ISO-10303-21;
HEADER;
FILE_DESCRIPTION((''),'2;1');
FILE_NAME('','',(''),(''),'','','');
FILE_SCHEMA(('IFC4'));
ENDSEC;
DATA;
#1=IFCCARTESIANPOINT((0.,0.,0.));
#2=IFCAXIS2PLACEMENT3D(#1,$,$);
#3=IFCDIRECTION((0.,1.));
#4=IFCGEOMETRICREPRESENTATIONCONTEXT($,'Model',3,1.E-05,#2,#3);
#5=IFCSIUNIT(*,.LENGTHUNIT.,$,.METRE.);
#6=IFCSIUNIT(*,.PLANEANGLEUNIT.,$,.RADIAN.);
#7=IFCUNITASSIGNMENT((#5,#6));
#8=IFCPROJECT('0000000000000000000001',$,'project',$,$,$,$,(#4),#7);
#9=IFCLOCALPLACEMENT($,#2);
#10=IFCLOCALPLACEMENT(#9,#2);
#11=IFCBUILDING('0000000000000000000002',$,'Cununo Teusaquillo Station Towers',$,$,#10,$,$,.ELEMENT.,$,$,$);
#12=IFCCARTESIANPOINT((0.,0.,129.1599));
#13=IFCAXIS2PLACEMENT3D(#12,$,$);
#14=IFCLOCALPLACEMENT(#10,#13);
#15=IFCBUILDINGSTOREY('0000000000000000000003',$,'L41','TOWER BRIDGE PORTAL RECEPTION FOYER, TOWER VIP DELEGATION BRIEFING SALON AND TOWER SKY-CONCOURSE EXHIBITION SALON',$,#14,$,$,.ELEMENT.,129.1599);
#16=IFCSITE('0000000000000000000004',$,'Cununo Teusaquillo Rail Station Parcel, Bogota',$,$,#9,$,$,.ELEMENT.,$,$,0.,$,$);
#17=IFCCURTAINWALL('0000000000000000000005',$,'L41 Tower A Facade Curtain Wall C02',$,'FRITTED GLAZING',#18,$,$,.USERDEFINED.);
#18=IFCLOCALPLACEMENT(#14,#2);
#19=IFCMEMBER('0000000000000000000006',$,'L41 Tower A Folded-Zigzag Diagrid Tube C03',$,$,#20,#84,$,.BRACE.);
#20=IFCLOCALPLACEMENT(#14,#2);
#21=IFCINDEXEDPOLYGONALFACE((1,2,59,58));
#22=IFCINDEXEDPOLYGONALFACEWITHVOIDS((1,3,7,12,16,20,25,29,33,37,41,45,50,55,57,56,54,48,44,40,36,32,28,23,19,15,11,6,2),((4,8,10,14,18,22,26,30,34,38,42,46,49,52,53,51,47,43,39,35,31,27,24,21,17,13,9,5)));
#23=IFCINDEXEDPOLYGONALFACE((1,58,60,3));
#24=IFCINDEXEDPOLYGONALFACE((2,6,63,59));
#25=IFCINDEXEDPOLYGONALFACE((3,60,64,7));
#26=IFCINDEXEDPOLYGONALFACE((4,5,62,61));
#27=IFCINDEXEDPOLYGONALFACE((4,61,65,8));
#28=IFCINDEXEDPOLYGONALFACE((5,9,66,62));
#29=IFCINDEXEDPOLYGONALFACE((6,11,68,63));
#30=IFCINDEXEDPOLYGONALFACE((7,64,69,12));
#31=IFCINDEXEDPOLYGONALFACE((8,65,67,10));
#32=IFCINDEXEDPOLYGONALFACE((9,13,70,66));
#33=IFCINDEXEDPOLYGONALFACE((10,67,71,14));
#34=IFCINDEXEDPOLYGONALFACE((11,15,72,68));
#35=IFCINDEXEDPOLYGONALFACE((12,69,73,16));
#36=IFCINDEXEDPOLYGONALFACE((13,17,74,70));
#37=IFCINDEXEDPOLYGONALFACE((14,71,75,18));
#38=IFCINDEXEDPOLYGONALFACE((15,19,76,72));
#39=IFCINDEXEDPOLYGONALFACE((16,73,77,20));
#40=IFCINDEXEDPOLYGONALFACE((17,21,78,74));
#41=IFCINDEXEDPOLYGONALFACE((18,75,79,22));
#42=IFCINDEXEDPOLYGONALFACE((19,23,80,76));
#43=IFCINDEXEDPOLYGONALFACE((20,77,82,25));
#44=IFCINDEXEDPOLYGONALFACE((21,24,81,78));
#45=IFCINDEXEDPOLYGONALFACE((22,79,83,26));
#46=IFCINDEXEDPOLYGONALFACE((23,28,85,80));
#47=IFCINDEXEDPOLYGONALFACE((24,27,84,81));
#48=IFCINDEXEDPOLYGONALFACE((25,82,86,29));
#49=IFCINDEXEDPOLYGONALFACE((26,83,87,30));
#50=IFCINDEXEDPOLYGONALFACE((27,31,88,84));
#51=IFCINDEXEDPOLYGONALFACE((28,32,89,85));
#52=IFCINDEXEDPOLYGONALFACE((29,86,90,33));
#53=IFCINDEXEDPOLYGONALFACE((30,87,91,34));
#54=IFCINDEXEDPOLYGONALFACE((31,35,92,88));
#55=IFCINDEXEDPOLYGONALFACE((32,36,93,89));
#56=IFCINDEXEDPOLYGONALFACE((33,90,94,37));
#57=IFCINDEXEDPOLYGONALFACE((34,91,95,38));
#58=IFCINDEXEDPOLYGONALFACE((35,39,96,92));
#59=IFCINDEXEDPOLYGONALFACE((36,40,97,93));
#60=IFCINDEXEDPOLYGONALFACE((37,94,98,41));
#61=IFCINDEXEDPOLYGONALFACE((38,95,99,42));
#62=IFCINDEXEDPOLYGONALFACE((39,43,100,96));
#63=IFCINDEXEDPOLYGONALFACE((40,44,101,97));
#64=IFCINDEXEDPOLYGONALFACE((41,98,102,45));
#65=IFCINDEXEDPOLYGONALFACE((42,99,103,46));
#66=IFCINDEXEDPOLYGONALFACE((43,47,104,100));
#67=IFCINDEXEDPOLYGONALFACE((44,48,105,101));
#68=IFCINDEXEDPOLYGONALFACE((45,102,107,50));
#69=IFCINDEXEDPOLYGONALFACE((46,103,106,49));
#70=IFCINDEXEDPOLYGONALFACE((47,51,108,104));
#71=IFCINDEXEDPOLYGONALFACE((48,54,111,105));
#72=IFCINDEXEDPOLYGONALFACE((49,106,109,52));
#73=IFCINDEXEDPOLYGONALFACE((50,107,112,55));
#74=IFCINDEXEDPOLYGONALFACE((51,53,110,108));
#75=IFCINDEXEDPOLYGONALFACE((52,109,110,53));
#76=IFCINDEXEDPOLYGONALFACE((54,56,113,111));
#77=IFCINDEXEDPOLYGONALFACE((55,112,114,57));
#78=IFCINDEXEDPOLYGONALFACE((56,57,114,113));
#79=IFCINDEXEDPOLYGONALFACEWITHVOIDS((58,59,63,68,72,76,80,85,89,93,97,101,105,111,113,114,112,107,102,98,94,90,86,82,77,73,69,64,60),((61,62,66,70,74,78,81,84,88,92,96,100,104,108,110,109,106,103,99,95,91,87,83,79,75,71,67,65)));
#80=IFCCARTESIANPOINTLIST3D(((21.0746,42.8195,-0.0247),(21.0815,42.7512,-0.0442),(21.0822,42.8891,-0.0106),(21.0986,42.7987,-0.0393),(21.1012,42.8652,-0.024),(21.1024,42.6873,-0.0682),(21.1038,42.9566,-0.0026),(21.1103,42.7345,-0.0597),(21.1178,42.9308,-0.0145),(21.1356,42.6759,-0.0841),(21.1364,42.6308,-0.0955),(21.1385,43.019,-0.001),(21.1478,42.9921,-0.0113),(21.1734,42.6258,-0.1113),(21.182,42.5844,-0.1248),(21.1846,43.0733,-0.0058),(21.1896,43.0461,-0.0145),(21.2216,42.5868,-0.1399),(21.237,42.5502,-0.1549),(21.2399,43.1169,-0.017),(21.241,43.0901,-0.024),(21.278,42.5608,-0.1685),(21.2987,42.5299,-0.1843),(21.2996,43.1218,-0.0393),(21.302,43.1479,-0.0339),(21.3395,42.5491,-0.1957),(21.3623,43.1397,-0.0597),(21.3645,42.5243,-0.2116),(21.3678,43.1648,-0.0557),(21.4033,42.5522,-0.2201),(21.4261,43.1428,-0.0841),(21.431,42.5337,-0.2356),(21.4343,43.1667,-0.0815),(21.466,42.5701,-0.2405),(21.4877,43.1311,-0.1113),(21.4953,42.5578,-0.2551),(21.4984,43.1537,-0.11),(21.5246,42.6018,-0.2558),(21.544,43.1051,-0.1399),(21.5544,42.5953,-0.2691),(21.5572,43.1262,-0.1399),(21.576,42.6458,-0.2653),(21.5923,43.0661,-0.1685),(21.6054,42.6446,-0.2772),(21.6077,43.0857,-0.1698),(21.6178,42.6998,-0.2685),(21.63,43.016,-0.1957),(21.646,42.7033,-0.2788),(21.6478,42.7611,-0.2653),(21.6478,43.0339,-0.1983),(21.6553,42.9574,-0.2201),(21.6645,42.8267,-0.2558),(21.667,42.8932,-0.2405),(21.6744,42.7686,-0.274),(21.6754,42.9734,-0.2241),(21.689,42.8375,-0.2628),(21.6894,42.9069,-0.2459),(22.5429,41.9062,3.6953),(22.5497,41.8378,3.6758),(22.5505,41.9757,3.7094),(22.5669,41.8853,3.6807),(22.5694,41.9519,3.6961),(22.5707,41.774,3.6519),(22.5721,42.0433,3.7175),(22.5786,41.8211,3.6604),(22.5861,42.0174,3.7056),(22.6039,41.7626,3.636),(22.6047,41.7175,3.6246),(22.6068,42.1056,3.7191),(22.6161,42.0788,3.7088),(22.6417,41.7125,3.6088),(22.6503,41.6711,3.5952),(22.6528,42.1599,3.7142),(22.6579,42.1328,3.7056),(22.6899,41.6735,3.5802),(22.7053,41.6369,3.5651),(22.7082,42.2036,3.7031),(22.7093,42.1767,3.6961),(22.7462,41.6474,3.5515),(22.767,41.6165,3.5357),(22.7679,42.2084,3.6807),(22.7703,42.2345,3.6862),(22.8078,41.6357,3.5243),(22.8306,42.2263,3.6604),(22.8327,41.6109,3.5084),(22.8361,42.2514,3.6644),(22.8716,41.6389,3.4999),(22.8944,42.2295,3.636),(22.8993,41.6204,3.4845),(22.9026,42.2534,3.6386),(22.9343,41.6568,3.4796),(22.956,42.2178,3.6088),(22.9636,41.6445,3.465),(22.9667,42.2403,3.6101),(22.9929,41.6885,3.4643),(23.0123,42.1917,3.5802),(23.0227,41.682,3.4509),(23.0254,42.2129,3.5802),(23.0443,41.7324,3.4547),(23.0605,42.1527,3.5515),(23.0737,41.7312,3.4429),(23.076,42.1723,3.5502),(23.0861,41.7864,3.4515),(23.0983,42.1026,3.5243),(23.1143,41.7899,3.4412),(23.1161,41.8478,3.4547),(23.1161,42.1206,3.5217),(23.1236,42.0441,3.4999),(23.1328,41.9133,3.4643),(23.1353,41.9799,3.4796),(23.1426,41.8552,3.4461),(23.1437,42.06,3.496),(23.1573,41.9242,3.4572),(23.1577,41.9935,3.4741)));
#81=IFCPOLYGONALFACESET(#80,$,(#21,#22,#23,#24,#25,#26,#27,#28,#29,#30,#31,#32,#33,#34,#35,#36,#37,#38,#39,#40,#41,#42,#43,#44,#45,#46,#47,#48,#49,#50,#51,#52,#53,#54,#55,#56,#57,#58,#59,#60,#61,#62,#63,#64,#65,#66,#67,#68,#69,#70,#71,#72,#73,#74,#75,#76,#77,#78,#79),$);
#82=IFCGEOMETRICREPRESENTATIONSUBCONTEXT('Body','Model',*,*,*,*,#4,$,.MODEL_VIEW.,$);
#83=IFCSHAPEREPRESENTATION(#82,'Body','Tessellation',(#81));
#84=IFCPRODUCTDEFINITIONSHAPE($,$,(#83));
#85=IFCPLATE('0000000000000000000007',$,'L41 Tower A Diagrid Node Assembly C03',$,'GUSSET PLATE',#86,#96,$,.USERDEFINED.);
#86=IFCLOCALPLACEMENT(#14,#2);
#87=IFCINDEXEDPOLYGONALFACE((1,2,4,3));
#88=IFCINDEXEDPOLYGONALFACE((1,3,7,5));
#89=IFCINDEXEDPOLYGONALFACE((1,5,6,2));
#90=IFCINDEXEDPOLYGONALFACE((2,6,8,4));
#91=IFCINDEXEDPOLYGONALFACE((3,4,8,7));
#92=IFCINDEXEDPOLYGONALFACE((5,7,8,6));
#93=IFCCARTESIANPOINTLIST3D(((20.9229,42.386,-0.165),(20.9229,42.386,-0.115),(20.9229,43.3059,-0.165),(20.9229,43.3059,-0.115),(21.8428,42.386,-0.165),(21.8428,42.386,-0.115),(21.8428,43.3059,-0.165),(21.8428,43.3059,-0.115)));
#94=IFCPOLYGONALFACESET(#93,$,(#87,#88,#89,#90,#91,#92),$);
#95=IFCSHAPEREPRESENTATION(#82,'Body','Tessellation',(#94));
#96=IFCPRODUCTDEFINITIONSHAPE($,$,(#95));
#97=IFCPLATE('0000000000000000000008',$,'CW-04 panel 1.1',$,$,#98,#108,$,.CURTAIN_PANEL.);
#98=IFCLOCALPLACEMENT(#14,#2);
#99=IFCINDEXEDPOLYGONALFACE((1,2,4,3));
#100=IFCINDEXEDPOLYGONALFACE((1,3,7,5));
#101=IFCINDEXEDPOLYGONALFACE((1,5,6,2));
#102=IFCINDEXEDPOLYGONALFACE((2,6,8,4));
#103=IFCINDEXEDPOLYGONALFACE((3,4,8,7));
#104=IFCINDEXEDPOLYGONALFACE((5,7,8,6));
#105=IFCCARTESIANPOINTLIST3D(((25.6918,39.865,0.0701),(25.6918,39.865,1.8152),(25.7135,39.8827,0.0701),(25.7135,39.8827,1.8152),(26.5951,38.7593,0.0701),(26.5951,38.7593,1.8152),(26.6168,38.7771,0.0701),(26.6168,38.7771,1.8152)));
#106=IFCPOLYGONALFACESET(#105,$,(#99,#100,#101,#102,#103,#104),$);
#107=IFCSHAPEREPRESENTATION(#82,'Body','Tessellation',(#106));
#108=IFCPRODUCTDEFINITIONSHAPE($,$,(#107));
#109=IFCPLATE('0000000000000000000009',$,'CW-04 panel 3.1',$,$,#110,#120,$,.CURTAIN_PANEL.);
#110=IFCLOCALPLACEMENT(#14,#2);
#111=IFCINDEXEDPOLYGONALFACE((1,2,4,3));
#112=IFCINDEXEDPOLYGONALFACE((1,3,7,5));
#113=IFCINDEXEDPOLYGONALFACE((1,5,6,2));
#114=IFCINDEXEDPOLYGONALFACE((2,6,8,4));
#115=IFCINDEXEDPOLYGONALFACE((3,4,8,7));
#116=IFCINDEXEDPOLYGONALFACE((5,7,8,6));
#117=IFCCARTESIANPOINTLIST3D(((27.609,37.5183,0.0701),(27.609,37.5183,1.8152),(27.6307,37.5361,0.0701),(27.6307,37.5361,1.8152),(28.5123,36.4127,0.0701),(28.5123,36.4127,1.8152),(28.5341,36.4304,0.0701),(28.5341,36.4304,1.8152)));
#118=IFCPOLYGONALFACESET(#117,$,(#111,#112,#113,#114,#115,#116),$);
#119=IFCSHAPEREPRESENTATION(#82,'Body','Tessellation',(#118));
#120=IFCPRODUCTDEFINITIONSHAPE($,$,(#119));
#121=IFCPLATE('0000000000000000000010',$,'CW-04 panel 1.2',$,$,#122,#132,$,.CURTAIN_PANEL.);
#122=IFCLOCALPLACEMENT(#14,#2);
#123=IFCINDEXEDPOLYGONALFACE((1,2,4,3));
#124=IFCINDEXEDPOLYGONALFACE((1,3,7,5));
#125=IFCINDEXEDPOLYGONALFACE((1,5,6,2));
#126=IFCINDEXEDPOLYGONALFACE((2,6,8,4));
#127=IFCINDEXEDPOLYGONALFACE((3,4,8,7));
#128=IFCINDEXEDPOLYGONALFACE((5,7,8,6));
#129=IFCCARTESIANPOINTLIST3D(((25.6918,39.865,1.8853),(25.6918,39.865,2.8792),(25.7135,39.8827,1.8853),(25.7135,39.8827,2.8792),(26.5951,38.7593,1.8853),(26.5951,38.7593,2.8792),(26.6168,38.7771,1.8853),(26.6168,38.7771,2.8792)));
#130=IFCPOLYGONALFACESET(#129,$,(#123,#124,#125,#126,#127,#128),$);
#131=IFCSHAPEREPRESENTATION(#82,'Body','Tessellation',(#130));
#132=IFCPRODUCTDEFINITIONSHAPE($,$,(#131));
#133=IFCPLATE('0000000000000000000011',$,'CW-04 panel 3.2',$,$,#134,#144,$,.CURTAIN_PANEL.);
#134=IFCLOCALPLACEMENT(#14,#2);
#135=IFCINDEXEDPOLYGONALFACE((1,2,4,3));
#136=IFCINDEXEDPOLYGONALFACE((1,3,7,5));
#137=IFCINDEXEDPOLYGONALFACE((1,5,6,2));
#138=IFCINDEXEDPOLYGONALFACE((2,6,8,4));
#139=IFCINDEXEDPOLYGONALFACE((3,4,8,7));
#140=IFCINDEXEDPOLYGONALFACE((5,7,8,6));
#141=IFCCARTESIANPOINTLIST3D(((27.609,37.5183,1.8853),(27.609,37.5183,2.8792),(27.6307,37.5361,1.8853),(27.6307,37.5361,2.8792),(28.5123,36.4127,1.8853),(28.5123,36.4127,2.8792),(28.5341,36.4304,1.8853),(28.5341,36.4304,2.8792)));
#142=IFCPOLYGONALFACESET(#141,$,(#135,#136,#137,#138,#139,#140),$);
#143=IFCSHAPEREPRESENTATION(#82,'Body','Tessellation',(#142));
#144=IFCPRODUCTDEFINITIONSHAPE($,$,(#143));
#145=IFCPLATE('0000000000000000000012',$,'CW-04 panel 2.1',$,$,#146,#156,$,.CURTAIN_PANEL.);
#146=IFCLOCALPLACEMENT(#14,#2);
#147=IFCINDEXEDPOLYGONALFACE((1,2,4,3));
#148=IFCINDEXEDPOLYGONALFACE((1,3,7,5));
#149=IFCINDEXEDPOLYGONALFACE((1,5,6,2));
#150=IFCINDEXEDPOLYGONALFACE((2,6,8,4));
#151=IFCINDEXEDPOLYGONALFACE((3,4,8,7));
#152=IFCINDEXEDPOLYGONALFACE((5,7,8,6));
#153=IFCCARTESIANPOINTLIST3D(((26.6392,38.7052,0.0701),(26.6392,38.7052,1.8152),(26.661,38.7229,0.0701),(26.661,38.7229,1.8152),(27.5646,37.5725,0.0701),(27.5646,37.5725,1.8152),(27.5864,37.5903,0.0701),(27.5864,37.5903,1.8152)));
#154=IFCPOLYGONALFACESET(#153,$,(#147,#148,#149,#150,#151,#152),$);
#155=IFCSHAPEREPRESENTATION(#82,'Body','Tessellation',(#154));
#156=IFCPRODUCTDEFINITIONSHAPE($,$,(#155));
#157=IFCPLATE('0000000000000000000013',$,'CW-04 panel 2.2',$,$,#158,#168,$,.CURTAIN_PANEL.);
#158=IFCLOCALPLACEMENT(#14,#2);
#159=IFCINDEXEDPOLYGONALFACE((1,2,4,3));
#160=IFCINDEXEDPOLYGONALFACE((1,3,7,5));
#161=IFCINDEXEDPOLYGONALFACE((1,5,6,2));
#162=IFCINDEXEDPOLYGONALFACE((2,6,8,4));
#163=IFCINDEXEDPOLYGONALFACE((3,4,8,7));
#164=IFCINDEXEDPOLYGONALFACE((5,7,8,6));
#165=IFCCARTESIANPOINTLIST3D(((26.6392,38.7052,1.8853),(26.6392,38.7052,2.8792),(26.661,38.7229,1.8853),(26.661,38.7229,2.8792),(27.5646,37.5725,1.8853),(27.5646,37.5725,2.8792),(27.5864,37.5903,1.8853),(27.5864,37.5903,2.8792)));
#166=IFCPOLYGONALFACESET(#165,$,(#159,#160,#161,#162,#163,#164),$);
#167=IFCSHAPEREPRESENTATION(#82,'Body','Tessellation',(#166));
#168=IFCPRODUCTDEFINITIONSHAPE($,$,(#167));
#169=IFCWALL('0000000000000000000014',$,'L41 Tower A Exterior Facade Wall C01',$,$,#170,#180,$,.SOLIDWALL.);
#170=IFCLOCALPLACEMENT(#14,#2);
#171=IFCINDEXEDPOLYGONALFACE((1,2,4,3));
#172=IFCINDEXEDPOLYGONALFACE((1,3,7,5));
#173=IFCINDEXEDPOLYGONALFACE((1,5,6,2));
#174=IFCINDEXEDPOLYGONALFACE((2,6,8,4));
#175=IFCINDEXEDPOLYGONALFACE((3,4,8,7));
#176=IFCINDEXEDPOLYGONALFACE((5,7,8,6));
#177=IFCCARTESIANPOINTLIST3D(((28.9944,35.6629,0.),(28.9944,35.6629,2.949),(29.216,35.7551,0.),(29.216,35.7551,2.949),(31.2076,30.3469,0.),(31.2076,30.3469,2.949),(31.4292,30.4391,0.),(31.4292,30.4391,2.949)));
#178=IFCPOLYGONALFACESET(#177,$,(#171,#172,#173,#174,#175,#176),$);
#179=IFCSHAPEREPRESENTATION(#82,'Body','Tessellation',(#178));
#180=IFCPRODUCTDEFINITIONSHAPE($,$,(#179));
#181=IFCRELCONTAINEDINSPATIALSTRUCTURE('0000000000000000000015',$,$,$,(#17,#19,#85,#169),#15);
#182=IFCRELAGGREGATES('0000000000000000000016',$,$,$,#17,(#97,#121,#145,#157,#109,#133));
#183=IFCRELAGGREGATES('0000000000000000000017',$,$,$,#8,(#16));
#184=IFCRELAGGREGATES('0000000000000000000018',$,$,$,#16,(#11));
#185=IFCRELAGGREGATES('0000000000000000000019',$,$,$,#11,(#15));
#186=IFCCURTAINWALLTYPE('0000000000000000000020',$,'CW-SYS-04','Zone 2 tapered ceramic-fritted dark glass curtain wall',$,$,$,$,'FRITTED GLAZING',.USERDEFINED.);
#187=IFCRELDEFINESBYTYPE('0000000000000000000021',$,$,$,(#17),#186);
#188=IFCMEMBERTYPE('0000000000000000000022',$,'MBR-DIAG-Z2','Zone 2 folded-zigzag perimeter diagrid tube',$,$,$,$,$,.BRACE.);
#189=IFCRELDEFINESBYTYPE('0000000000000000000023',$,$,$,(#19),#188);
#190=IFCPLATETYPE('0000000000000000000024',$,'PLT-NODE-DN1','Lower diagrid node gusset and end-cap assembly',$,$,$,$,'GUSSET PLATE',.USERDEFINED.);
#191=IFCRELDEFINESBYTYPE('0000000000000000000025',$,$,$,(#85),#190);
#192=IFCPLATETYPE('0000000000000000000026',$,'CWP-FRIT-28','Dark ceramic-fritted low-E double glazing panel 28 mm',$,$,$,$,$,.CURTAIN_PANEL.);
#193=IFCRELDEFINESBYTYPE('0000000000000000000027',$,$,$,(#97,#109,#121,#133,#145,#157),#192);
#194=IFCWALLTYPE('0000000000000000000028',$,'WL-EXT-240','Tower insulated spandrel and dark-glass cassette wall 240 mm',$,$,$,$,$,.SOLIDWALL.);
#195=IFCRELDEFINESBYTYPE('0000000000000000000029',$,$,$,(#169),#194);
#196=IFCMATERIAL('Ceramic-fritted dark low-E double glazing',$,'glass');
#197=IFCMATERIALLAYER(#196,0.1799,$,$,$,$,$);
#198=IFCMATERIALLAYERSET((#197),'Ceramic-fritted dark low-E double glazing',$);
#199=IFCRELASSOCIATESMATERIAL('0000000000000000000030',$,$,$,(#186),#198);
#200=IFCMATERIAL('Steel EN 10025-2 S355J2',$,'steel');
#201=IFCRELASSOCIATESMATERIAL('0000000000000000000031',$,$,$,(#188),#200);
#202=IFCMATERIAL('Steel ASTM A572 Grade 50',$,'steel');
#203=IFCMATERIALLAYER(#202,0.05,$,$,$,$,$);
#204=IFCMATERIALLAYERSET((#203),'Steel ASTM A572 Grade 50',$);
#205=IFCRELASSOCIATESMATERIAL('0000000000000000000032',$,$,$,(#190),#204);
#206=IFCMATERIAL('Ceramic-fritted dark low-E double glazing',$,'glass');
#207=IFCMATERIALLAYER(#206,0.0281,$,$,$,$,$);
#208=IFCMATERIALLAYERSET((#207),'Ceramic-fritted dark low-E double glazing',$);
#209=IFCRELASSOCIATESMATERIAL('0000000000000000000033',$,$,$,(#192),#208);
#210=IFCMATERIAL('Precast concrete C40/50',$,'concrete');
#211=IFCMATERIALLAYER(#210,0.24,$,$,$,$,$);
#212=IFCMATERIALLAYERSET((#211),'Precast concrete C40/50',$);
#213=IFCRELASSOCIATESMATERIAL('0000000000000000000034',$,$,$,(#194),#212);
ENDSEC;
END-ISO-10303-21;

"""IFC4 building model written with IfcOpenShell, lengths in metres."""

from ifc_helpers import new_model, si_unit, direction, frame, frame_2d, origin, origin_2d, place, context, subcontext, project, spatial, rectangle, hollow_circle, extrude, source, transform, mapped, material, layer, layer_set, material_profile, profile_set, type_object, element, aggregate, save


model = new_model("IFC4")

# Units and contexts
model_context = context("Model", 3, precision=1e-05, world=origin(), true_north=direction((0.0, 1.0)))
body_context = subcontext(model_context, "Body", "Model", "MODEL_VIEW")
ifc_project = project(units=[si_unit("LENGTHUNIT", "METRE"), si_unit("PLANEANGLEUNIT", "RADIAN")], contexts=[model_context])

# Site, building, storey
site_placement = place(None, origin())
site = spatial("IfcSite", under=ifc_project, at=site_placement, Name="Cununo Teusaquillo Rail Station Parcel, Bogota", CompositionType="ELEMENT", RefElevation=0.0)
building_placement = place(site_placement, origin())
building = spatial("IfcBuilding", under=site, at=building_placement, Name="Cununo Teusaquillo Station Towers", CompositionType="ELEMENT")
storey_placement = place(building_placement, frame((0.0, 0.0, 129.1599)))
storey = spatial("IfcBuildingStorey", under=building, at=storey_placement, Name="L41", Description="TOWER BRIDGE PORTAL RECEPTION FOYER, TOWER VIP DELEGATION BRIEFING SALON AND TOWER SKY-CONCOURSE EXHIBITION SALON", CompositionType="ELEMENT", Elevation=129.1599)

# Curtain wall
ifc_material_1 = material(Name="Ceramic-fritted dark low-E double glazing", Category="glass")
ifc_layer_1 = layer(ifc_material_1, 0.1799)
ifc_layer_set_1 = layer_set([ifc_layer_1], Name="Ceramic-fritted dark low-E double glazing")
curtain_wall_type = type_object("IfcCurtainWallType", Name="CW-SYS-04", Description="Zone 2 tapered ceramic-fritted dark glass curtain wall", ElementType="FRITTED GLAZING", PredefinedType="USERDEFINED", material=ifc_layer_set_1)
curtain_wall_placement = place(storey_placement, origin())
curtain_wall = element("IfcCurtainWall", 1, at=curtain_wall_placement, inside=storey, type_object=curtain_wall_type, Name="L41 Tower A Facade Curtain Wall C02", ObjectType="FRITTED GLAZING", PredefinedType="USERDEFINED")

# Member
ifc_material_2 = material(Name="Steel EN 10025-2 S355J2", Category="steel")
ifc_material_profile_1 = material_profile(ifc_material_2, hollow_circle(Radius=0.3301, WallThickness=0.0249, at=origin_2d()), Name="CHS 660x25")
ifc_profile_set_1 = profile_set([ifc_material_profile_1], Name="Steel EN 10025-2 S355J2")
member_type_1 = type_object("IfcMemberType", Name="MBR-DIAG-Z2", Description="Zone 2 folded-zigzag perimeter diagrid tube", PredefinedType="BRACE", material=ifc_profile_set_1)
member_1_placement = place(storey_placement, frame((21.3828, 42.8459, -0.1399), z_axis=(0.357919, -0.222643, 0.906821), x_axis=(0.528196, 0.849123, 0.0)))
element("IfcMember", 2, at=member_1_placement, inside=storey, type_object=member_type_1, Name="L41 Tower A Folded-Zigzag Diagrid Tube C03", PredefinedType="BRACE", context=body_context, shape_type="SweptSolid", body=[
    extrude(hollow_circle(Radius=0.3301, WallThickness=0.0249, at=origin_2d()), origin(), (0.0, 0.0, 1.0), 4.1023),
])

# Plates
ifc_material_3 = material(Name="Steel ASTM A572 Grade 50", Category="steel")
ifc_layer_2 = layer(ifc_material_3, 0.05)
ifc_layer_set_2 = layer_set([ifc_layer_2], Name="Steel ASTM A572 Grade 50")
plate_type_1 = type_object("IfcPlateType", Name="PLT-NODE-DN1", Description="Lower diagrid node gusset and end-cap assembly", ElementType="GUSSET PLATE", PredefinedType="USERDEFINED", material=ifc_layer_set_2)
shared_shape_1 = source(origin(), body_context, "Body", "SweptSolid", [
    extrude(rectangle(XDim=0.9199, YDim=0.9199, at=origin_2d()), origin(), (0.0, 0.0, 1.0), 0.05),
])
plate_1_placement = place(storey_placement, frame((21.3828, 42.8459, -0.165), z_axis=(0.0, 0.0, 1.0), x_axis=(1.0, 0.0, 0.0)))
element("IfcPlate", 3, at=plate_1_placement, inside=storey, type_object=plate_type_1, Name="L41 Tower A Diagrid Node Assembly C03", ObjectType="GUSSET PLATE", PredefinedType="USERDEFINED", context=body_context, shape_type="MappedRepresentation", body=[
    mapped(shared_shape_1, transform((0.0, 0.0, 0.0), x_axis=(1.0, 0.0, 0.0), y_axis=(0.0, 1.0, 0.0), z_axis=(0.0, 0.0, 1.0), scale=1.0)),
])
ifc_material_4 = material(Name="Ceramic-fritted dark low-E double glazing", Category="glass")
ifc_layer_3 = layer(ifc_material_4, 0.0281)
ifc_layer_set_3 = layer_set([ifc_layer_3], Name="Ceramic-fritted dark low-E double glazing")
plate_type_2 = type_object("IfcPlateType", Name="CWP-FRIT-28", Description="Dark ceramic-fritted low-E double glazing panel 28 mm", PredefinedType="CURTAIN_PANEL", material=ifc_layer_set_3)
shared_shape_2 = source(origin(), body_context, "Body", "SweptSolid", [
    extrude(rectangle(XDim=1.4277, YDim=0.0281, at=origin_2d()), origin(), (0.0, 0.0, 1.0), 1.7451),
])
plate_2_placement = place(storey_placement, frame((26.1543, 39.321, 0.0701), z_axis=(0.0, 0.0, 1.0), x_axis=(0.632704, -0.774394, 0.0)))
plate_2 = element("IfcPlate", 4, at=plate_2_placement, type_object=plate_type_2, Name="CW-04 panel 1.1", PredefinedType="CURTAIN_PANEL", context=body_context, shape_type="MappedRepresentation", body=[
    mapped(shared_shape_2, transform((0.0, 0.0, 0.0), x_axis=(1.0, 0.0, 0.0), y_axis=(0.0, 1.0, 0.0), z_axis=(0.0, 0.0, 1.0), scale=1.0)),
])
plate_3_placement = place(storey_placement, frame((28.0715, 36.9744, 0.0701), z_axis=(0.0, 0.0, 1.0), x_axis=(0.632704, -0.774394, 0.0)))
plate_3 = element("IfcPlate", 5, at=plate_3_placement, type_object=plate_type_2, Name="CW-04 panel 3.1", PredefinedType="CURTAIN_PANEL", context=body_context, shape_type="MappedRepresentation", body=[
    mapped(shared_shape_2, transform((0.0, 0.0, 0.0), x_axis=(1.0, 0.0, 0.0), y_axis=(0.0, 1.0, 0.0), z_axis=(0.0, 0.0, 1.0), scale=1.0)),
])
shared_shape_3 = source(origin(), body_context, "Body", "SweptSolid", [
    extrude(rectangle(XDim=1.4277, YDim=0.0281, at=origin_2d()), origin(), (0.0, 0.0, 1.0), 0.9939),
])
plate_4_placement = place(storey_placement, frame((26.1543, 39.321, 1.8853), z_axis=(0.0, 0.0, 1.0), x_axis=(0.632704, -0.774394, 0.0)))
plate_4 = element("IfcPlate", 6, at=plate_4_placement, type_object=plate_type_2, Name="CW-04 panel 1.2", PredefinedType="CURTAIN_PANEL", context=body_context, shape_type="MappedRepresentation", body=[
    mapped(shared_shape_3, transform((0.0, 0.0, 0.0), x_axis=(1.0, 0.0, 0.0), y_axis=(0.0, 1.0, 0.0), z_axis=(0.0, 0.0, 1.0), scale=1.0)),
])
plate_5_placement = place(storey_placement, frame((28.0715, 36.9744, 1.8853), z_axis=(0.0, 0.0, 1.0), x_axis=(0.632704, -0.774394, 0.0)))
plate_5 = element("IfcPlate", 7, at=plate_5_placement, type_object=plate_type_2, Name="CW-04 panel 3.2", PredefinedType="CURTAIN_PANEL", context=body_context, shape_type="MappedRepresentation", body=[
    mapped(shared_shape_3, transform((0.0, 0.0, 0.0), x_axis=(1.0, 0.0, 0.0), y_axis=(0.0, 1.0, 0.0), z_axis=(0.0, 0.0, 1.0), scale=1.0)),
])
shared_shape_4 = source(origin(), body_context, "Body", "SweptSolid", [
    extrude(rectangle(XDim=1.4626, YDim=0.0281, at=origin_2d()), origin(), (0.0, 0.0, 1.0), 1.7451),
])
plate_6_placement = place(storey_placement, frame((27.1128, 38.1477, 0.0701), z_axis=(0.0, 0.0, 1.0), x_axis=(0.632704, -0.774394, 0.0)))
plate_6 = element("IfcPlate", 8, at=plate_6_placement, type_object=plate_type_2, Name="CW-04 panel 2.1", PredefinedType="CURTAIN_PANEL", context=body_context, shape_type="MappedRepresentation", body=[
    mapped(shared_shape_4, transform((0.0, 0.0, 0.0), x_axis=(1.0, 0.0, 0.0), y_axis=(0.0, 1.0, 0.0), z_axis=(0.0, 0.0, 1.0), scale=1.0)),
])
shared_shape_5 = source(origin(), body_context, "Body", "SweptSolid", [
    extrude(rectangle(XDim=1.4626, YDim=0.0281, at=origin_2d()), origin(), (0.0, 0.0, 1.0), 0.9939),
])
plate_7_placement = place(storey_placement, frame((27.1128, 38.1477, 1.8853), z_axis=(0.0, 0.0, 1.0), x_axis=(0.632704, -0.774394, 0.0)))
plate_7 = element("IfcPlate", 9, at=plate_7_placement, type_object=plate_type_2, Name="CW-04 panel 2.2", PredefinedType="CURTAIN_PANEL", context=body_context, shape_type="MappedRepresentation", body=[
    mapped(shared_shape_5, transform((0.0, 0.0, 0.0), x_axis=(1.0, 0.0, 0.0), y_axis=(0.0, 1.0, 0.0), z_axis=(0.0, 0.0, 1.0), scale=1.0)),
])
aggregate(curtain_wall, [plate_2, plate_4, plate_6, plate_7, plate_3, plate_5])

# Wall
ifc_material_5 = material(Name="Precast concrete C40/50", Category="concrete")
ifc_layer_4 = layer(ifc_material_5, 0.24)
ifc_layer_set_4 = layer_set([ifc_layer_4], Name="Precast concrete C40/50")
wall_type_1 = type_object("IfcWallType", Name="WL-EXT-240", Description="Tower insulated spandrel and dark-glass cassette wall 240 mm", PredefinedType="SOLIDWALL", material=ifc_layer_set_4)
wall_1_placement = place(storey_placement, frame((29.1052, 35.709, 0.0), z_axis=(0.0, 0.0, 1.0), x_axis=(0.384344, -0.92319, 0.0)))
element("IfcWall", 10, at=wall_1_placement, inside=storey, type_object=wall_type_1, Name="L41 Tower A Exterior Facade Wall C01", PredefinedType="SOLIDWALL", context=body_context, shape_type="SweptSolid", body=[
    extrude(rectangle(XDim=5.7583, YDim=0.24, at=frame_2d((2.8792, 0.0))), origin(), (0.0, 0.0, 1.0), 2.949),
])

save(model, "model.ifc")
